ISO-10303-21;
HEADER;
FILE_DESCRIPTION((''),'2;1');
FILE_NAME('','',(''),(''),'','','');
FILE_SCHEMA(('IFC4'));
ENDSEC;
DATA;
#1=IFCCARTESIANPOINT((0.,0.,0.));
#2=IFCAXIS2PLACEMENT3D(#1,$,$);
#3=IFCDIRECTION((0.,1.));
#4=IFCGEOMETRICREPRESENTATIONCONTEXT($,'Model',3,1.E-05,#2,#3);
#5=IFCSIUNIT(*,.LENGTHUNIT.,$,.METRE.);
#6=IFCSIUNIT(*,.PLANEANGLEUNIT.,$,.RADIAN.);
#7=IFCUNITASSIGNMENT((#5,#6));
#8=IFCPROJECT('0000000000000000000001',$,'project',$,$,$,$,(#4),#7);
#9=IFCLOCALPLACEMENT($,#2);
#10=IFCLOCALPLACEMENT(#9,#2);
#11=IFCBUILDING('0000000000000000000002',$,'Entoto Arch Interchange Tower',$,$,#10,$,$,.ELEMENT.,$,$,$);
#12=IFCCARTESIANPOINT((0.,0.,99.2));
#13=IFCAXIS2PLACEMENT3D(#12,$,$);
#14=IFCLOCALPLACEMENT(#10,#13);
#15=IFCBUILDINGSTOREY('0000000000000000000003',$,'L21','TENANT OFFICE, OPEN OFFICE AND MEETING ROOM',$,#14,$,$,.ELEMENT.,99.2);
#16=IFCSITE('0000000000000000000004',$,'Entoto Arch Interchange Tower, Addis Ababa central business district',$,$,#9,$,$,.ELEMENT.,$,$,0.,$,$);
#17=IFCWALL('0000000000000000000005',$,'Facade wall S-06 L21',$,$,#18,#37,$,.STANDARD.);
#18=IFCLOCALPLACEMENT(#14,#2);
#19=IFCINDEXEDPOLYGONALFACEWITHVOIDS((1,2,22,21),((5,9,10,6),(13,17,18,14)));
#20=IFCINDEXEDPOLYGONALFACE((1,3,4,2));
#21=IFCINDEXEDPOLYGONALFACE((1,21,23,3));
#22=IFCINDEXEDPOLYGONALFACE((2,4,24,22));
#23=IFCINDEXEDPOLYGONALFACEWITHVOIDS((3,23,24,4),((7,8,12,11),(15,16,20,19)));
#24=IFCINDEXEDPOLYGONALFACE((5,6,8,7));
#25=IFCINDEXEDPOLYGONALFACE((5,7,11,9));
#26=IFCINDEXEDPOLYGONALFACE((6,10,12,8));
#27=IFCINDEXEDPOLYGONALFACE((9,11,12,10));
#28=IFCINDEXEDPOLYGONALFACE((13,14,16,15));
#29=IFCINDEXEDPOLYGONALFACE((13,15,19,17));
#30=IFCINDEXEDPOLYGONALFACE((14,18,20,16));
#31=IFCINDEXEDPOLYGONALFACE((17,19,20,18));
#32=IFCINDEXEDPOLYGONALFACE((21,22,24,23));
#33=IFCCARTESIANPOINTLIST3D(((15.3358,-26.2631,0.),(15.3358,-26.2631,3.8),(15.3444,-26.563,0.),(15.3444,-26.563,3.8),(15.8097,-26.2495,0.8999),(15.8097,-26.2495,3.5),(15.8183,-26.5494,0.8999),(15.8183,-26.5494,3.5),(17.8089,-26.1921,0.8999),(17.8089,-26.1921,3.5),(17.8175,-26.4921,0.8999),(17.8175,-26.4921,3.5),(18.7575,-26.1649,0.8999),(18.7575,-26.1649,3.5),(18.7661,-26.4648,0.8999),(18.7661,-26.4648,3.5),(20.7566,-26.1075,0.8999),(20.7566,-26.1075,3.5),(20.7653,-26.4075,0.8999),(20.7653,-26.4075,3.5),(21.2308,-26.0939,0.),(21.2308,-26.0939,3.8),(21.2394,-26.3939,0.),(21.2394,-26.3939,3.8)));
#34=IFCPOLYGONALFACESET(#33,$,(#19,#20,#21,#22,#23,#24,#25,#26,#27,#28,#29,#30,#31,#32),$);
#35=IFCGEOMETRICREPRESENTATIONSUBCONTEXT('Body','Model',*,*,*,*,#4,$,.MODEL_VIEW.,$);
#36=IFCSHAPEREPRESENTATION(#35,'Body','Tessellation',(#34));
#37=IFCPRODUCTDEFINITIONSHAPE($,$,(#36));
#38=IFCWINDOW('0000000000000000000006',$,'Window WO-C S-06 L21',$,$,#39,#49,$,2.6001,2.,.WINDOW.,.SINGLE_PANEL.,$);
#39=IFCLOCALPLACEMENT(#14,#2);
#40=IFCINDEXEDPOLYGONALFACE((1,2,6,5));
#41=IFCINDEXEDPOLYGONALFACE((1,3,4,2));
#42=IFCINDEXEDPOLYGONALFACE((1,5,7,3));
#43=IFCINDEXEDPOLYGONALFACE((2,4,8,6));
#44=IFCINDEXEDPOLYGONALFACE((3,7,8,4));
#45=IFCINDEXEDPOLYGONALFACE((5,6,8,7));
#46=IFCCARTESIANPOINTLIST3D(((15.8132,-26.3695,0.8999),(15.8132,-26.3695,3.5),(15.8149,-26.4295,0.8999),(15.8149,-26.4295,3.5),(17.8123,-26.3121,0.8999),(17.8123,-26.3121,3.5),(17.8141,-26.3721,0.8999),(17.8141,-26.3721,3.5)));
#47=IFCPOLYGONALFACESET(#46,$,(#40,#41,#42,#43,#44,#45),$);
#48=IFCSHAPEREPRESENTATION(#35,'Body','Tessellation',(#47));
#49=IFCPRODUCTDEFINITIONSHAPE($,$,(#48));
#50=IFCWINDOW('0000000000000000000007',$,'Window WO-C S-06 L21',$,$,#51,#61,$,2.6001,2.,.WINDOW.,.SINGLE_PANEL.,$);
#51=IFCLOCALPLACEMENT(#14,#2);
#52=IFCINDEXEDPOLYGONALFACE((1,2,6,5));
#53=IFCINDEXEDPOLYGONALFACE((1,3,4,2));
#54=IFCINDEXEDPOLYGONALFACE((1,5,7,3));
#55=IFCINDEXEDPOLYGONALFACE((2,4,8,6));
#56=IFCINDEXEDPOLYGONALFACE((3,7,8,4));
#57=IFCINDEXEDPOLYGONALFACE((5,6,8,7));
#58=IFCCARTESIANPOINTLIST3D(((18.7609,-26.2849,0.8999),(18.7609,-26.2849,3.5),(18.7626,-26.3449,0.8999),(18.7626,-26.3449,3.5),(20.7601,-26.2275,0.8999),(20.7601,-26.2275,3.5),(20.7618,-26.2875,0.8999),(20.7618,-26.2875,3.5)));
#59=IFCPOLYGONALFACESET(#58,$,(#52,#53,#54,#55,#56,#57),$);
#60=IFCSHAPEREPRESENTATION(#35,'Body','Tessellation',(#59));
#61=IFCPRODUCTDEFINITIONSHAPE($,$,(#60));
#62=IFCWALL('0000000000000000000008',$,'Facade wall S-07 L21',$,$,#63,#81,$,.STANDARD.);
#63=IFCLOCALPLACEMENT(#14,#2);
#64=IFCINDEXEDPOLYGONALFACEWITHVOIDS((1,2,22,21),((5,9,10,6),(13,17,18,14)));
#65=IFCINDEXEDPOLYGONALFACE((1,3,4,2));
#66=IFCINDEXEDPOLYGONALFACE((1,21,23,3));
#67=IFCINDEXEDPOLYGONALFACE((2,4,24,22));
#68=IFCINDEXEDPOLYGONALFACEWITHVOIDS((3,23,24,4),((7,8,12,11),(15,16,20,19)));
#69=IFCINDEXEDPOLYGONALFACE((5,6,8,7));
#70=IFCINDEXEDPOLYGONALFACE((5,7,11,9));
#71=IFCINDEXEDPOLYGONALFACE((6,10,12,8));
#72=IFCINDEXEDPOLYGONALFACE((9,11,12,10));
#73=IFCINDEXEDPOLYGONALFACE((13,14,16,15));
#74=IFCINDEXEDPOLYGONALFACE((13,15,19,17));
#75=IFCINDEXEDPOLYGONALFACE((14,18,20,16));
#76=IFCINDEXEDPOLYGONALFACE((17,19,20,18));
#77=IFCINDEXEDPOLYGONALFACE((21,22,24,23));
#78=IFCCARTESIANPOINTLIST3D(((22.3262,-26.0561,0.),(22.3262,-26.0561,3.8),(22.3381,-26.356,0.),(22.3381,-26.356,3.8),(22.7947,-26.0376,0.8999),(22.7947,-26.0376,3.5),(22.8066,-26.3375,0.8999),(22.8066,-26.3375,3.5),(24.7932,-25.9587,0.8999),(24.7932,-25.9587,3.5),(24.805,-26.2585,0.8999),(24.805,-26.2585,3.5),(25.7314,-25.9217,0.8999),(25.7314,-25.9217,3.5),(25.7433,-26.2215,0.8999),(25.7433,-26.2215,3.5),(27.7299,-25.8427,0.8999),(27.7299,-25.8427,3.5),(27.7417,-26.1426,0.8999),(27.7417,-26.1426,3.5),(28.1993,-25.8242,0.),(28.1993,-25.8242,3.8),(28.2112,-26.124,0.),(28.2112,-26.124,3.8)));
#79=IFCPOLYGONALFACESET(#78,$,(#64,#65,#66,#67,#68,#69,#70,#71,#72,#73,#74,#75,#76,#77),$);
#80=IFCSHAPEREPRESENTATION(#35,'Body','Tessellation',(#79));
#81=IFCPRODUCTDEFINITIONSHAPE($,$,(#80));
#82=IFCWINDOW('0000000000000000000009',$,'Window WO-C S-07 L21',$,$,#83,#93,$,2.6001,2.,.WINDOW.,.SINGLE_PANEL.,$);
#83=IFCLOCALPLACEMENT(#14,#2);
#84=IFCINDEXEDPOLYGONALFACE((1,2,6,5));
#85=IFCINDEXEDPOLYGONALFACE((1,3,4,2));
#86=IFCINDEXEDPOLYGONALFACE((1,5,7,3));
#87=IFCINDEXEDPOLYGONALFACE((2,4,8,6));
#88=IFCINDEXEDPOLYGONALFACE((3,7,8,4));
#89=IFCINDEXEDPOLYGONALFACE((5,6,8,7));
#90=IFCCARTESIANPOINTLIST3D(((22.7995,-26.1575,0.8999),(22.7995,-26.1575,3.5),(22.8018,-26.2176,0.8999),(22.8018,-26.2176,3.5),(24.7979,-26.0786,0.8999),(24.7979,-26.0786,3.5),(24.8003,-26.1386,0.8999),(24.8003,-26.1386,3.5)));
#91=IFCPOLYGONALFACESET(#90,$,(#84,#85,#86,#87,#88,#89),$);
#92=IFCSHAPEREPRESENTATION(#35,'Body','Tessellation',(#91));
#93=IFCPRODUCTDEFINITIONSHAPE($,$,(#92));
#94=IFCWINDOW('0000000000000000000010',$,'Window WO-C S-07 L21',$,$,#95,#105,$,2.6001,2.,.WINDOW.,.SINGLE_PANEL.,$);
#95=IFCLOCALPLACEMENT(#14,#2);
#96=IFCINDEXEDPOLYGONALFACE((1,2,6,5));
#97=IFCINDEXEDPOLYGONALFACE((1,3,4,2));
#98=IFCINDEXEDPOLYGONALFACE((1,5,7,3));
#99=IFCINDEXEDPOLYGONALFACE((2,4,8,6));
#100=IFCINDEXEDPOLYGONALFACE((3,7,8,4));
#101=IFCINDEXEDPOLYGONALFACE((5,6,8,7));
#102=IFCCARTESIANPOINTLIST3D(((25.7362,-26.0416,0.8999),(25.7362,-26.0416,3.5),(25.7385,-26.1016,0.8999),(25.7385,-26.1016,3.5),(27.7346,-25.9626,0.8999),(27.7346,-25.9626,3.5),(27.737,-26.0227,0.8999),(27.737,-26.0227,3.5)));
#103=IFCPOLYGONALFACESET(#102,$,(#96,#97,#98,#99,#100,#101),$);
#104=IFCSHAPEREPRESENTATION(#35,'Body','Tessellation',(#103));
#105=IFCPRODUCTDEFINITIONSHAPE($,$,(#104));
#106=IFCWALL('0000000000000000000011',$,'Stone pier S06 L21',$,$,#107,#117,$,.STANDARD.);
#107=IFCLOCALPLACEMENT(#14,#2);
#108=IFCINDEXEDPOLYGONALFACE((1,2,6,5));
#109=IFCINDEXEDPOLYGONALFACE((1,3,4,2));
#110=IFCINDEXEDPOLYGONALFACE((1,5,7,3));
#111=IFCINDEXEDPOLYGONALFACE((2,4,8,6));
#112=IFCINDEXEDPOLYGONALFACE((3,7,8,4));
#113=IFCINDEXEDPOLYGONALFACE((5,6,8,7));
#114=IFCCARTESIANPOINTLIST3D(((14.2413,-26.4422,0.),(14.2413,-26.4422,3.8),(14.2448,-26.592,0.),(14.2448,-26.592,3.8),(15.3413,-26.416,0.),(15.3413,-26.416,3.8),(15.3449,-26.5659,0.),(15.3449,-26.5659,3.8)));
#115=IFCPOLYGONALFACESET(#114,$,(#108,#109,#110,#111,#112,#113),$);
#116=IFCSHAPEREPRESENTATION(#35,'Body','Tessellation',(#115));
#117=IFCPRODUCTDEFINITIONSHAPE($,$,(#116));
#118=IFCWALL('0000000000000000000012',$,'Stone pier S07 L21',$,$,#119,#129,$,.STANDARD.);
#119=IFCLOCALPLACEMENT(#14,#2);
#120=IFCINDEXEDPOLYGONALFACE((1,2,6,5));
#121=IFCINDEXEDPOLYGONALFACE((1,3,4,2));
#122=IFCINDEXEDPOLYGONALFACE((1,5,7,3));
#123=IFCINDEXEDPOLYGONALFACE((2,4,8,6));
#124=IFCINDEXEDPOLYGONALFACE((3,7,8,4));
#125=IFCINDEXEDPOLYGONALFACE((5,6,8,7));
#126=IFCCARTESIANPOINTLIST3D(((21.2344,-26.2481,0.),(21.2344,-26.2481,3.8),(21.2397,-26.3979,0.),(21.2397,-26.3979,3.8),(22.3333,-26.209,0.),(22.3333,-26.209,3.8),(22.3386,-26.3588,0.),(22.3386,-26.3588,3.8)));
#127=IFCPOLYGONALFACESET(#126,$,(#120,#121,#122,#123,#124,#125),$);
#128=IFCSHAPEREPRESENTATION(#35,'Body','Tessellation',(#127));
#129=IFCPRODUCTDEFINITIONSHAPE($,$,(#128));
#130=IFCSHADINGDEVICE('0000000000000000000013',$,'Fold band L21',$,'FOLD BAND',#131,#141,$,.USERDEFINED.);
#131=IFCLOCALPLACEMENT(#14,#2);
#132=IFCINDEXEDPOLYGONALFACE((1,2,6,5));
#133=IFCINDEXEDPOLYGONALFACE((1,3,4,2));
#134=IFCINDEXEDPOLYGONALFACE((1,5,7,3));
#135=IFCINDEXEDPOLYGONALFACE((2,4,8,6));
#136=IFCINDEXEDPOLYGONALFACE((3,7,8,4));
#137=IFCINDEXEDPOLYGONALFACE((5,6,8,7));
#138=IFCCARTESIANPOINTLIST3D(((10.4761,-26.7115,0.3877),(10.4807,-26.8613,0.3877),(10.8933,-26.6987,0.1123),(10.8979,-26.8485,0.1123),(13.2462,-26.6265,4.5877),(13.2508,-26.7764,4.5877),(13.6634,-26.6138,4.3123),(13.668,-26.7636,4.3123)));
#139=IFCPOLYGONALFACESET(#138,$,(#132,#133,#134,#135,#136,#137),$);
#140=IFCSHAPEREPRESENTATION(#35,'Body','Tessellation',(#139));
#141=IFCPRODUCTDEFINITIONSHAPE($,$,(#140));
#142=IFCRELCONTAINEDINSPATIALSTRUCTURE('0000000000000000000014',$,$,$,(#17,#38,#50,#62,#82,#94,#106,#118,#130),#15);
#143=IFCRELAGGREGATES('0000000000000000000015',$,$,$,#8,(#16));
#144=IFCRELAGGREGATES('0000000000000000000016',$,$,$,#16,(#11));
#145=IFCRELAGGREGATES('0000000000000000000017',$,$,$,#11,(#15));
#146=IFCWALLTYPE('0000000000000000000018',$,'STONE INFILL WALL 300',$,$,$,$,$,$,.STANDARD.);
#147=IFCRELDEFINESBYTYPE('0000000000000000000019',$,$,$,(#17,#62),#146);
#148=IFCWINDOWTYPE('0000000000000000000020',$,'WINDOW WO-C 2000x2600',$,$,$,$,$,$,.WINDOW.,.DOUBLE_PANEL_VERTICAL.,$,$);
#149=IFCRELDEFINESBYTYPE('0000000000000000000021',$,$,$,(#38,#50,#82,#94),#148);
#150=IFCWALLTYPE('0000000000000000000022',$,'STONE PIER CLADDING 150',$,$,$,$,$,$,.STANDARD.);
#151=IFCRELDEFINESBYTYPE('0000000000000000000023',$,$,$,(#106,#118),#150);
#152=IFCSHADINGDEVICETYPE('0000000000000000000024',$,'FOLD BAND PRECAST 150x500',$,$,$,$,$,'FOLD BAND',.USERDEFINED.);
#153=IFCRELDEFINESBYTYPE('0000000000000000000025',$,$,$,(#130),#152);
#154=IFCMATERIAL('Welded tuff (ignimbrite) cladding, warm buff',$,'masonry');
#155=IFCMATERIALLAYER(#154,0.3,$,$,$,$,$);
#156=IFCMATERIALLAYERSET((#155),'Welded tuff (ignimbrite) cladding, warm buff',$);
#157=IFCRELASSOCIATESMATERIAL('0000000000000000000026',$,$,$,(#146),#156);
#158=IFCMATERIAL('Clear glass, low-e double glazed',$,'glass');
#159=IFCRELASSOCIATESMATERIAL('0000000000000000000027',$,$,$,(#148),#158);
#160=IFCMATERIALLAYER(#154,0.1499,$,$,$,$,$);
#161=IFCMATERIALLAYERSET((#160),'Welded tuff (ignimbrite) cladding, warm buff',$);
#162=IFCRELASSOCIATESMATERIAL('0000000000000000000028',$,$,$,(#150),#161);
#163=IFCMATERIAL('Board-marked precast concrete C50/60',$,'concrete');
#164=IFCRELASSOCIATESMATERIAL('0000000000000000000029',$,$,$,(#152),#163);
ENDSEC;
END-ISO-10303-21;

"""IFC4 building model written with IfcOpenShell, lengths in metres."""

from ifc_helpers import new_model, si_unit, direction, frame, frame_2d, origin, origin_2d, place, context, subcontext, project, spatial, rectangle, extrude, material, layer, layer_set, material_profile, profile_set, type_object, element, fill, save


model = new_model("IFC4")

# Units and contexts
model_context = context("Model", 3, precision=1e-05, world=origin(), true_north=direction((0.0, 1.0)))
body_context = subcontext(model_context, "Body", "Model", "MODEL_VIEW")
ifc_project = project(units=[si_unit("LENGTHUNIT", "METRE"), si_unit("PLANEANGLEUNIT", "RADIAN")], contexts=[model_context])

# Site, building, storey
site_placement = place(None, origin())
site = spatial("IfcSite", under=ifc_project, at=site_placement, Name="Entoto Arch Interchange Tower, Addis Ababa central business district", CompositionType="ELEMENT", RefElevation=0.0)
building_placement = place(site_placement, origin())
building = spatial("IfcBuilding", under=site, at=building_placement, Name="Entoto Arch Interchange Tower", CompositionType="ELEMENT")
storey_placement = place(building_placement, frame((0.0, 0.0, 99.2)))
storey = spatial("IfcBuildingStorey", under=building, at=storey_placement, Name="L21", Description="TENANT OFFICE, OPEN OFFICE AND MEETING ROOM", CompositionType="ELEMENT", Elevation=99.2)

# Walls, openings, windows
ifc_material_1 = material(Name="Welded tuff (ignimbrite) cladding, warm buff", Category="masonry")
ifc_layer_1 = layer(ifc_material_1, 0.3)
ifc_layer_set_1 = layer_set([ifc_layer_1], Name="Welded tuff (ignimbrite) cladding, warm buff")
wall_type_1 = type_object("IfcWallType", Name="STONE INFILL WALL 300", PredefinedType="STANDARD", material=ifc_layer_set_1)
wall_1_placement = place(storey_placement, frame((15.3401, -26.4131, 0.0), z_axis=(0.0, 0.0, 1.0), x_axis=(0.999588, 0.028689, 0.0)))
wall_1 = element("IfcWall", 1, at=wall_1_placement, inside=storey, type_object=wall_type_1, Name="Facade wall S-06 L21", PredefinedType="STANDARD", context=body_context, shape_type="SweptSolid", body=[
    extrude(rectangle(XDim=5.8975, YDim=0.3, at=frame_2d((2.9487, 0.0))), origin(), (0.0, 0.0, 1.0), 3.8),
])
opening_1_placement = place(wall_1_placement, frame((0.4741, 0.0, 0.8999)))
opening_1 = element("IfcOpeningElement", 2, at=opening_1_placement, cuts=wall_1, PredefinedType="OPENING", context=body_context, shape_type="SweptSolid", body=[
    extrude(rectangle(XDim=2.0, YDim=2.6001, at=frame_2d((1.0, 1.3))), frame((0.0, 0.1602, 0.0), z_axis=(0.0, -1.0, 0.0), x_axis=(1.0, 0.0, 0.0)), (0.0, 0.0, 1.0), 0.3201),
])
opening_2_placement = place(wall_1_placement, frame((3.4231, 0.0, 0.8999)))
opening_2 = element("IfcOpeningElement", 3, at=opening_2_placement, cuts=wall_1, PredefinedType="OPENING", context=body_context, shape_type="SweptSolid", body=[
    extrude(rectangle(XDim=2.0, YDim=2.6001, at=frame_2d((1.0, 1.3))), frame((0.0, 0.1602, 0.0), z_axis=(0.0, -1.0, 0.0), x_axis=(1.0, 0.0, 0.0)), (0.0, 0.0, 1.0), 0.3201),
])
ifc_material_2 = material(Name="Clear glass, low-e double glazed", Category="glass")
window_type = type_object("IfcWindowType", Name="WINDOW WO-C 2000x2600", PartitioningType="DOUBLE_PANEL_VERTICAL", PredefinedType="WINDOW", material=ifc_material_2)
window_1_placement = place(opening_1_placement, origin())
window_1 = element("IfcWindow", 4, at=window_1_placement, inside=storey, type_object=window_type, Name="Window WO-C S-06 L21", OverallHeight=2.6001, OverallWidth=2.0, PartitioningType="SINGLE_PANEL", PredefinedType="WINDOW", context=body_context, shape_type="SweptSolid", body=[
    extrude(rectangle(XDim=2.0, YDim=2.6001, at=frame_2d((1.0, 1.3))), frame((0.0, 0.03, 0.0), z_axis=(0.0, -1.0, 0.0), x_axis=(1.0, 0.0, 0.0)), (0.0, 0.0, 1.0), 0.0601),
])
fill(opening_1, window_1)
window_2_placement = place(opening_2_placement, origin())
window_2 = element("IfcWindow", 5, at=window_2_placement, inside=storey, type_object=window_type, Name="Window WO-C S-06 L21", OverallHeight=2.6001, OverallWidth=2.0, PartitioningType="SINGLE_PANEL", PredefinedType="WINDOW", context=body_context, shape_type="SweptSolid", body=[
    extrude(rectangle(XDim=2.0, YDim=2.6001, at=frame_2d((1.0, 1.3))), frame((0.0, 0.03, 0.0), z_axis=(0.0, -1.0, 0.0), x_axis=(1.0, 0.0, 0.0)), (0.0, 0.0, 1.0), 0.0601),
])
fill(opening_2, window_2)
wall_2_placement = place(storey_placement, frame((22.332, -26.2061, 0.0), z_axis=(0.0, 0.0, 1.0), x_axis=(0.999221, 0.03946, 0.0)))
wall_2 = element("IfcWall", 6, at=wall_2_placement, inside=storey, type_object=wall_type_1, Name="Facade wall S-07 L21", PredefinedType="STANDARD", context=body_context, shape_type="SweptSolid", body=[
    extrude(rectangle(XDim=5.8777, YDim=0.3, at=frame_2d((2.939, 0.0))), origin(), (0.0, 0.0, 1.0), 3.8),
])
opening_3_placement = place(wall_2_placement, frame((0.469, 0.0, 0.8999)))
opening_3 = element("IfcOpeningElement", 7, at=opening_3_placement, cuts=wall_2, PredefinedType="OPENING", context=body_context, shape_type="SweptSolid", body=[
    extrude(rectangle(XDim=2.0, YDim=2.6001, at=frame_2d((1.0, 1.3))), frame((0.0, 0.1602, 0.0), z_axis=(0.0, -1.0, 0.0), x_axis=(1.0, 0.0, 0.0)), (0.0, 0.0, 1.0), 0.3201),
])
opening_4_placement = place(wall_2_placement, frame((3.408, 0.0, 0.8999)))
opening_4 = element("IfcOpeningElement", 8, at=opening_4_placement, cuts=wall_2, PredefinedType="OPENING", context=body_context, shape_type="SweptSolid", body=[
    extrude(rectangle(XDim=2.0, YDim=2.6001, at=frame_2d((1.0, 1.3))), frame((0.0, 0.1602, 0.0), z_axis=(0.0, -1.0, 0.0), x_axis=(1.0, 0.0, 0.0)), (0.0, 0.0, 1.0), 0.3201),
])
window_3_placement = place(opening_3_placement, origin())
window_3 = element("IfcWindow", 9, at=window_3_placement, inside=storey, type_object=window_type, Name="Window WO-C S-07 L21", OverallHeight=2.6001, OverallWidth=2.0, PartitioningType="SINGLE_PANEL", PredefinedType="WINDOW", context=body_context, shape_type="SweptSolid", body=[
    extrude(rectangle(XDim=2.0, YDim=2.6001, at=frame_2d((1.0, 1.3))), frame((0.0, 0.03, 0.0), z_axis=(0.0, -1.0, 0.0), x_axis=(1.0, 0.0, 0.0)), (0.0, 0.0, 1.0), 0.0601),
])
fill(opening_3, window_3)
window_4_placement = place(opening_4_placement, origin())
window_4 = element("IfcWindow", 10, at=window_4_placement, inside=storey, type_object=window_type, Name="Window WO-C S-07 L21", OverallHeight=2.6001, OverallWidth=2.0, PartitioningType="SINGLE_PANEL", PredefinedType="WINDOW", context=body_context, shape_type="SweptSolid", body=[
    extrude(rectangle(XDim=2.0, YDim=2.6001, at=frame_2d((1.0, 1.3))), frame((0.0, 0.03, 0.0), z_axis=(0.0, -1.0, 0.0), x_axis=(1.0, 0.0, 0.0)), (0.0, 0.0, 1.0), 0.0601),
])
fill(opening_4, window_4)

# Walls
ifc_layer_2 = layer(ifc_material_1, 0.1499)
ifc_layer_set_2 = layer_set([ifc_layer_2], Name="Welded tuff (ignimbrite) cladding, warm buff")
wall_type_2 = type_object("IfcWallType", Name="STONE PIER CLADDING 150", PredefinedType="STANDARD", material=ifc_layer_set_2)
wall_3_placement = place(storey_placement, frame((14.2429, -26.5171, 0.0), z_axis=(0.0, 0.0, 1.0), x_axis=(0.999718, 0.023739, 0.0)))
element("IfcWall", 11, at=wall_3_placement, inside=storey, type_object=wall_type_2, Name="Stone pier S06 L21", PredefinedType="STANDARD", context=body_context, shape_type="SweptSolid", body=[
    extrude(rectangle(XDim=1.1003, YDim=0.1499, at=frame_2d((0.5503, 0.0))), origin(), (0.0, 0.0, 1.0), 3.8),
])
wall_4_placement = place(storey_placement, frame((21.2371, -26.323, 0.0), z_axis=(0.0, 0.0, 1.0), x_axis=(0.999369, 0.035525, 0.0)))
element("IfcWall", 12, at=wall_4_placement, inside=storey, type_object=wall_type_2, Name="Stone pier S07 L21", PredefinedType="STANDARD", context=body_context, shape_type="SweptSolid", body=[
    extrude(rectangle(XDim=1.0996, YDim=0.1499, at=frame_2d((0.5498, 0.0))), origin(), (0.0, 0.0, 1.0), 3.8),
])

# Shading device
ifc_material_3 = material(Name="Board-marked precast concrete C50/60", Category="concrete")
ifc_material_profile_1 = material_profile(ifc_material_3, rectangle(XDim=0.1499, YDim=0.5, at=origin_2d()))
ifc_profile_set_1 = profile_set([ifc_material_profile_1], Name="Board-marked precast concrete C50/60")
shading_device_type = type_object("IfcShadingDeviceType", Name="FOLD BAND PRECAST 150x500", ElementType="FOLD BAND", PredefinedType="USERDEFINED", material=ifc_profile_set_1)
shading_device_placement = place(storey_placement, frame((10.687, -26.78, 0.25), z_axis=(0.550494, 0.016885, 0.834668), x_axis=(-0.030657, 0.99953, 0.0)))
element("IfcShadingDevice", 13, at=shading_device_placement, inside=storey, type_object=shading_device_type, Name="Fold band L21", ObjectType="FOLD BAND", PredefinedType="USERDEFINED", context=body_context, shape_type="SweptSolid", body=[
    extrude(rectangle(XDim=0.1499, YDim=0.5, at=origin_2d()), origin(), (0.0, 0.0, 1.0), 5.032),
])

save(model, "model.ifc")
